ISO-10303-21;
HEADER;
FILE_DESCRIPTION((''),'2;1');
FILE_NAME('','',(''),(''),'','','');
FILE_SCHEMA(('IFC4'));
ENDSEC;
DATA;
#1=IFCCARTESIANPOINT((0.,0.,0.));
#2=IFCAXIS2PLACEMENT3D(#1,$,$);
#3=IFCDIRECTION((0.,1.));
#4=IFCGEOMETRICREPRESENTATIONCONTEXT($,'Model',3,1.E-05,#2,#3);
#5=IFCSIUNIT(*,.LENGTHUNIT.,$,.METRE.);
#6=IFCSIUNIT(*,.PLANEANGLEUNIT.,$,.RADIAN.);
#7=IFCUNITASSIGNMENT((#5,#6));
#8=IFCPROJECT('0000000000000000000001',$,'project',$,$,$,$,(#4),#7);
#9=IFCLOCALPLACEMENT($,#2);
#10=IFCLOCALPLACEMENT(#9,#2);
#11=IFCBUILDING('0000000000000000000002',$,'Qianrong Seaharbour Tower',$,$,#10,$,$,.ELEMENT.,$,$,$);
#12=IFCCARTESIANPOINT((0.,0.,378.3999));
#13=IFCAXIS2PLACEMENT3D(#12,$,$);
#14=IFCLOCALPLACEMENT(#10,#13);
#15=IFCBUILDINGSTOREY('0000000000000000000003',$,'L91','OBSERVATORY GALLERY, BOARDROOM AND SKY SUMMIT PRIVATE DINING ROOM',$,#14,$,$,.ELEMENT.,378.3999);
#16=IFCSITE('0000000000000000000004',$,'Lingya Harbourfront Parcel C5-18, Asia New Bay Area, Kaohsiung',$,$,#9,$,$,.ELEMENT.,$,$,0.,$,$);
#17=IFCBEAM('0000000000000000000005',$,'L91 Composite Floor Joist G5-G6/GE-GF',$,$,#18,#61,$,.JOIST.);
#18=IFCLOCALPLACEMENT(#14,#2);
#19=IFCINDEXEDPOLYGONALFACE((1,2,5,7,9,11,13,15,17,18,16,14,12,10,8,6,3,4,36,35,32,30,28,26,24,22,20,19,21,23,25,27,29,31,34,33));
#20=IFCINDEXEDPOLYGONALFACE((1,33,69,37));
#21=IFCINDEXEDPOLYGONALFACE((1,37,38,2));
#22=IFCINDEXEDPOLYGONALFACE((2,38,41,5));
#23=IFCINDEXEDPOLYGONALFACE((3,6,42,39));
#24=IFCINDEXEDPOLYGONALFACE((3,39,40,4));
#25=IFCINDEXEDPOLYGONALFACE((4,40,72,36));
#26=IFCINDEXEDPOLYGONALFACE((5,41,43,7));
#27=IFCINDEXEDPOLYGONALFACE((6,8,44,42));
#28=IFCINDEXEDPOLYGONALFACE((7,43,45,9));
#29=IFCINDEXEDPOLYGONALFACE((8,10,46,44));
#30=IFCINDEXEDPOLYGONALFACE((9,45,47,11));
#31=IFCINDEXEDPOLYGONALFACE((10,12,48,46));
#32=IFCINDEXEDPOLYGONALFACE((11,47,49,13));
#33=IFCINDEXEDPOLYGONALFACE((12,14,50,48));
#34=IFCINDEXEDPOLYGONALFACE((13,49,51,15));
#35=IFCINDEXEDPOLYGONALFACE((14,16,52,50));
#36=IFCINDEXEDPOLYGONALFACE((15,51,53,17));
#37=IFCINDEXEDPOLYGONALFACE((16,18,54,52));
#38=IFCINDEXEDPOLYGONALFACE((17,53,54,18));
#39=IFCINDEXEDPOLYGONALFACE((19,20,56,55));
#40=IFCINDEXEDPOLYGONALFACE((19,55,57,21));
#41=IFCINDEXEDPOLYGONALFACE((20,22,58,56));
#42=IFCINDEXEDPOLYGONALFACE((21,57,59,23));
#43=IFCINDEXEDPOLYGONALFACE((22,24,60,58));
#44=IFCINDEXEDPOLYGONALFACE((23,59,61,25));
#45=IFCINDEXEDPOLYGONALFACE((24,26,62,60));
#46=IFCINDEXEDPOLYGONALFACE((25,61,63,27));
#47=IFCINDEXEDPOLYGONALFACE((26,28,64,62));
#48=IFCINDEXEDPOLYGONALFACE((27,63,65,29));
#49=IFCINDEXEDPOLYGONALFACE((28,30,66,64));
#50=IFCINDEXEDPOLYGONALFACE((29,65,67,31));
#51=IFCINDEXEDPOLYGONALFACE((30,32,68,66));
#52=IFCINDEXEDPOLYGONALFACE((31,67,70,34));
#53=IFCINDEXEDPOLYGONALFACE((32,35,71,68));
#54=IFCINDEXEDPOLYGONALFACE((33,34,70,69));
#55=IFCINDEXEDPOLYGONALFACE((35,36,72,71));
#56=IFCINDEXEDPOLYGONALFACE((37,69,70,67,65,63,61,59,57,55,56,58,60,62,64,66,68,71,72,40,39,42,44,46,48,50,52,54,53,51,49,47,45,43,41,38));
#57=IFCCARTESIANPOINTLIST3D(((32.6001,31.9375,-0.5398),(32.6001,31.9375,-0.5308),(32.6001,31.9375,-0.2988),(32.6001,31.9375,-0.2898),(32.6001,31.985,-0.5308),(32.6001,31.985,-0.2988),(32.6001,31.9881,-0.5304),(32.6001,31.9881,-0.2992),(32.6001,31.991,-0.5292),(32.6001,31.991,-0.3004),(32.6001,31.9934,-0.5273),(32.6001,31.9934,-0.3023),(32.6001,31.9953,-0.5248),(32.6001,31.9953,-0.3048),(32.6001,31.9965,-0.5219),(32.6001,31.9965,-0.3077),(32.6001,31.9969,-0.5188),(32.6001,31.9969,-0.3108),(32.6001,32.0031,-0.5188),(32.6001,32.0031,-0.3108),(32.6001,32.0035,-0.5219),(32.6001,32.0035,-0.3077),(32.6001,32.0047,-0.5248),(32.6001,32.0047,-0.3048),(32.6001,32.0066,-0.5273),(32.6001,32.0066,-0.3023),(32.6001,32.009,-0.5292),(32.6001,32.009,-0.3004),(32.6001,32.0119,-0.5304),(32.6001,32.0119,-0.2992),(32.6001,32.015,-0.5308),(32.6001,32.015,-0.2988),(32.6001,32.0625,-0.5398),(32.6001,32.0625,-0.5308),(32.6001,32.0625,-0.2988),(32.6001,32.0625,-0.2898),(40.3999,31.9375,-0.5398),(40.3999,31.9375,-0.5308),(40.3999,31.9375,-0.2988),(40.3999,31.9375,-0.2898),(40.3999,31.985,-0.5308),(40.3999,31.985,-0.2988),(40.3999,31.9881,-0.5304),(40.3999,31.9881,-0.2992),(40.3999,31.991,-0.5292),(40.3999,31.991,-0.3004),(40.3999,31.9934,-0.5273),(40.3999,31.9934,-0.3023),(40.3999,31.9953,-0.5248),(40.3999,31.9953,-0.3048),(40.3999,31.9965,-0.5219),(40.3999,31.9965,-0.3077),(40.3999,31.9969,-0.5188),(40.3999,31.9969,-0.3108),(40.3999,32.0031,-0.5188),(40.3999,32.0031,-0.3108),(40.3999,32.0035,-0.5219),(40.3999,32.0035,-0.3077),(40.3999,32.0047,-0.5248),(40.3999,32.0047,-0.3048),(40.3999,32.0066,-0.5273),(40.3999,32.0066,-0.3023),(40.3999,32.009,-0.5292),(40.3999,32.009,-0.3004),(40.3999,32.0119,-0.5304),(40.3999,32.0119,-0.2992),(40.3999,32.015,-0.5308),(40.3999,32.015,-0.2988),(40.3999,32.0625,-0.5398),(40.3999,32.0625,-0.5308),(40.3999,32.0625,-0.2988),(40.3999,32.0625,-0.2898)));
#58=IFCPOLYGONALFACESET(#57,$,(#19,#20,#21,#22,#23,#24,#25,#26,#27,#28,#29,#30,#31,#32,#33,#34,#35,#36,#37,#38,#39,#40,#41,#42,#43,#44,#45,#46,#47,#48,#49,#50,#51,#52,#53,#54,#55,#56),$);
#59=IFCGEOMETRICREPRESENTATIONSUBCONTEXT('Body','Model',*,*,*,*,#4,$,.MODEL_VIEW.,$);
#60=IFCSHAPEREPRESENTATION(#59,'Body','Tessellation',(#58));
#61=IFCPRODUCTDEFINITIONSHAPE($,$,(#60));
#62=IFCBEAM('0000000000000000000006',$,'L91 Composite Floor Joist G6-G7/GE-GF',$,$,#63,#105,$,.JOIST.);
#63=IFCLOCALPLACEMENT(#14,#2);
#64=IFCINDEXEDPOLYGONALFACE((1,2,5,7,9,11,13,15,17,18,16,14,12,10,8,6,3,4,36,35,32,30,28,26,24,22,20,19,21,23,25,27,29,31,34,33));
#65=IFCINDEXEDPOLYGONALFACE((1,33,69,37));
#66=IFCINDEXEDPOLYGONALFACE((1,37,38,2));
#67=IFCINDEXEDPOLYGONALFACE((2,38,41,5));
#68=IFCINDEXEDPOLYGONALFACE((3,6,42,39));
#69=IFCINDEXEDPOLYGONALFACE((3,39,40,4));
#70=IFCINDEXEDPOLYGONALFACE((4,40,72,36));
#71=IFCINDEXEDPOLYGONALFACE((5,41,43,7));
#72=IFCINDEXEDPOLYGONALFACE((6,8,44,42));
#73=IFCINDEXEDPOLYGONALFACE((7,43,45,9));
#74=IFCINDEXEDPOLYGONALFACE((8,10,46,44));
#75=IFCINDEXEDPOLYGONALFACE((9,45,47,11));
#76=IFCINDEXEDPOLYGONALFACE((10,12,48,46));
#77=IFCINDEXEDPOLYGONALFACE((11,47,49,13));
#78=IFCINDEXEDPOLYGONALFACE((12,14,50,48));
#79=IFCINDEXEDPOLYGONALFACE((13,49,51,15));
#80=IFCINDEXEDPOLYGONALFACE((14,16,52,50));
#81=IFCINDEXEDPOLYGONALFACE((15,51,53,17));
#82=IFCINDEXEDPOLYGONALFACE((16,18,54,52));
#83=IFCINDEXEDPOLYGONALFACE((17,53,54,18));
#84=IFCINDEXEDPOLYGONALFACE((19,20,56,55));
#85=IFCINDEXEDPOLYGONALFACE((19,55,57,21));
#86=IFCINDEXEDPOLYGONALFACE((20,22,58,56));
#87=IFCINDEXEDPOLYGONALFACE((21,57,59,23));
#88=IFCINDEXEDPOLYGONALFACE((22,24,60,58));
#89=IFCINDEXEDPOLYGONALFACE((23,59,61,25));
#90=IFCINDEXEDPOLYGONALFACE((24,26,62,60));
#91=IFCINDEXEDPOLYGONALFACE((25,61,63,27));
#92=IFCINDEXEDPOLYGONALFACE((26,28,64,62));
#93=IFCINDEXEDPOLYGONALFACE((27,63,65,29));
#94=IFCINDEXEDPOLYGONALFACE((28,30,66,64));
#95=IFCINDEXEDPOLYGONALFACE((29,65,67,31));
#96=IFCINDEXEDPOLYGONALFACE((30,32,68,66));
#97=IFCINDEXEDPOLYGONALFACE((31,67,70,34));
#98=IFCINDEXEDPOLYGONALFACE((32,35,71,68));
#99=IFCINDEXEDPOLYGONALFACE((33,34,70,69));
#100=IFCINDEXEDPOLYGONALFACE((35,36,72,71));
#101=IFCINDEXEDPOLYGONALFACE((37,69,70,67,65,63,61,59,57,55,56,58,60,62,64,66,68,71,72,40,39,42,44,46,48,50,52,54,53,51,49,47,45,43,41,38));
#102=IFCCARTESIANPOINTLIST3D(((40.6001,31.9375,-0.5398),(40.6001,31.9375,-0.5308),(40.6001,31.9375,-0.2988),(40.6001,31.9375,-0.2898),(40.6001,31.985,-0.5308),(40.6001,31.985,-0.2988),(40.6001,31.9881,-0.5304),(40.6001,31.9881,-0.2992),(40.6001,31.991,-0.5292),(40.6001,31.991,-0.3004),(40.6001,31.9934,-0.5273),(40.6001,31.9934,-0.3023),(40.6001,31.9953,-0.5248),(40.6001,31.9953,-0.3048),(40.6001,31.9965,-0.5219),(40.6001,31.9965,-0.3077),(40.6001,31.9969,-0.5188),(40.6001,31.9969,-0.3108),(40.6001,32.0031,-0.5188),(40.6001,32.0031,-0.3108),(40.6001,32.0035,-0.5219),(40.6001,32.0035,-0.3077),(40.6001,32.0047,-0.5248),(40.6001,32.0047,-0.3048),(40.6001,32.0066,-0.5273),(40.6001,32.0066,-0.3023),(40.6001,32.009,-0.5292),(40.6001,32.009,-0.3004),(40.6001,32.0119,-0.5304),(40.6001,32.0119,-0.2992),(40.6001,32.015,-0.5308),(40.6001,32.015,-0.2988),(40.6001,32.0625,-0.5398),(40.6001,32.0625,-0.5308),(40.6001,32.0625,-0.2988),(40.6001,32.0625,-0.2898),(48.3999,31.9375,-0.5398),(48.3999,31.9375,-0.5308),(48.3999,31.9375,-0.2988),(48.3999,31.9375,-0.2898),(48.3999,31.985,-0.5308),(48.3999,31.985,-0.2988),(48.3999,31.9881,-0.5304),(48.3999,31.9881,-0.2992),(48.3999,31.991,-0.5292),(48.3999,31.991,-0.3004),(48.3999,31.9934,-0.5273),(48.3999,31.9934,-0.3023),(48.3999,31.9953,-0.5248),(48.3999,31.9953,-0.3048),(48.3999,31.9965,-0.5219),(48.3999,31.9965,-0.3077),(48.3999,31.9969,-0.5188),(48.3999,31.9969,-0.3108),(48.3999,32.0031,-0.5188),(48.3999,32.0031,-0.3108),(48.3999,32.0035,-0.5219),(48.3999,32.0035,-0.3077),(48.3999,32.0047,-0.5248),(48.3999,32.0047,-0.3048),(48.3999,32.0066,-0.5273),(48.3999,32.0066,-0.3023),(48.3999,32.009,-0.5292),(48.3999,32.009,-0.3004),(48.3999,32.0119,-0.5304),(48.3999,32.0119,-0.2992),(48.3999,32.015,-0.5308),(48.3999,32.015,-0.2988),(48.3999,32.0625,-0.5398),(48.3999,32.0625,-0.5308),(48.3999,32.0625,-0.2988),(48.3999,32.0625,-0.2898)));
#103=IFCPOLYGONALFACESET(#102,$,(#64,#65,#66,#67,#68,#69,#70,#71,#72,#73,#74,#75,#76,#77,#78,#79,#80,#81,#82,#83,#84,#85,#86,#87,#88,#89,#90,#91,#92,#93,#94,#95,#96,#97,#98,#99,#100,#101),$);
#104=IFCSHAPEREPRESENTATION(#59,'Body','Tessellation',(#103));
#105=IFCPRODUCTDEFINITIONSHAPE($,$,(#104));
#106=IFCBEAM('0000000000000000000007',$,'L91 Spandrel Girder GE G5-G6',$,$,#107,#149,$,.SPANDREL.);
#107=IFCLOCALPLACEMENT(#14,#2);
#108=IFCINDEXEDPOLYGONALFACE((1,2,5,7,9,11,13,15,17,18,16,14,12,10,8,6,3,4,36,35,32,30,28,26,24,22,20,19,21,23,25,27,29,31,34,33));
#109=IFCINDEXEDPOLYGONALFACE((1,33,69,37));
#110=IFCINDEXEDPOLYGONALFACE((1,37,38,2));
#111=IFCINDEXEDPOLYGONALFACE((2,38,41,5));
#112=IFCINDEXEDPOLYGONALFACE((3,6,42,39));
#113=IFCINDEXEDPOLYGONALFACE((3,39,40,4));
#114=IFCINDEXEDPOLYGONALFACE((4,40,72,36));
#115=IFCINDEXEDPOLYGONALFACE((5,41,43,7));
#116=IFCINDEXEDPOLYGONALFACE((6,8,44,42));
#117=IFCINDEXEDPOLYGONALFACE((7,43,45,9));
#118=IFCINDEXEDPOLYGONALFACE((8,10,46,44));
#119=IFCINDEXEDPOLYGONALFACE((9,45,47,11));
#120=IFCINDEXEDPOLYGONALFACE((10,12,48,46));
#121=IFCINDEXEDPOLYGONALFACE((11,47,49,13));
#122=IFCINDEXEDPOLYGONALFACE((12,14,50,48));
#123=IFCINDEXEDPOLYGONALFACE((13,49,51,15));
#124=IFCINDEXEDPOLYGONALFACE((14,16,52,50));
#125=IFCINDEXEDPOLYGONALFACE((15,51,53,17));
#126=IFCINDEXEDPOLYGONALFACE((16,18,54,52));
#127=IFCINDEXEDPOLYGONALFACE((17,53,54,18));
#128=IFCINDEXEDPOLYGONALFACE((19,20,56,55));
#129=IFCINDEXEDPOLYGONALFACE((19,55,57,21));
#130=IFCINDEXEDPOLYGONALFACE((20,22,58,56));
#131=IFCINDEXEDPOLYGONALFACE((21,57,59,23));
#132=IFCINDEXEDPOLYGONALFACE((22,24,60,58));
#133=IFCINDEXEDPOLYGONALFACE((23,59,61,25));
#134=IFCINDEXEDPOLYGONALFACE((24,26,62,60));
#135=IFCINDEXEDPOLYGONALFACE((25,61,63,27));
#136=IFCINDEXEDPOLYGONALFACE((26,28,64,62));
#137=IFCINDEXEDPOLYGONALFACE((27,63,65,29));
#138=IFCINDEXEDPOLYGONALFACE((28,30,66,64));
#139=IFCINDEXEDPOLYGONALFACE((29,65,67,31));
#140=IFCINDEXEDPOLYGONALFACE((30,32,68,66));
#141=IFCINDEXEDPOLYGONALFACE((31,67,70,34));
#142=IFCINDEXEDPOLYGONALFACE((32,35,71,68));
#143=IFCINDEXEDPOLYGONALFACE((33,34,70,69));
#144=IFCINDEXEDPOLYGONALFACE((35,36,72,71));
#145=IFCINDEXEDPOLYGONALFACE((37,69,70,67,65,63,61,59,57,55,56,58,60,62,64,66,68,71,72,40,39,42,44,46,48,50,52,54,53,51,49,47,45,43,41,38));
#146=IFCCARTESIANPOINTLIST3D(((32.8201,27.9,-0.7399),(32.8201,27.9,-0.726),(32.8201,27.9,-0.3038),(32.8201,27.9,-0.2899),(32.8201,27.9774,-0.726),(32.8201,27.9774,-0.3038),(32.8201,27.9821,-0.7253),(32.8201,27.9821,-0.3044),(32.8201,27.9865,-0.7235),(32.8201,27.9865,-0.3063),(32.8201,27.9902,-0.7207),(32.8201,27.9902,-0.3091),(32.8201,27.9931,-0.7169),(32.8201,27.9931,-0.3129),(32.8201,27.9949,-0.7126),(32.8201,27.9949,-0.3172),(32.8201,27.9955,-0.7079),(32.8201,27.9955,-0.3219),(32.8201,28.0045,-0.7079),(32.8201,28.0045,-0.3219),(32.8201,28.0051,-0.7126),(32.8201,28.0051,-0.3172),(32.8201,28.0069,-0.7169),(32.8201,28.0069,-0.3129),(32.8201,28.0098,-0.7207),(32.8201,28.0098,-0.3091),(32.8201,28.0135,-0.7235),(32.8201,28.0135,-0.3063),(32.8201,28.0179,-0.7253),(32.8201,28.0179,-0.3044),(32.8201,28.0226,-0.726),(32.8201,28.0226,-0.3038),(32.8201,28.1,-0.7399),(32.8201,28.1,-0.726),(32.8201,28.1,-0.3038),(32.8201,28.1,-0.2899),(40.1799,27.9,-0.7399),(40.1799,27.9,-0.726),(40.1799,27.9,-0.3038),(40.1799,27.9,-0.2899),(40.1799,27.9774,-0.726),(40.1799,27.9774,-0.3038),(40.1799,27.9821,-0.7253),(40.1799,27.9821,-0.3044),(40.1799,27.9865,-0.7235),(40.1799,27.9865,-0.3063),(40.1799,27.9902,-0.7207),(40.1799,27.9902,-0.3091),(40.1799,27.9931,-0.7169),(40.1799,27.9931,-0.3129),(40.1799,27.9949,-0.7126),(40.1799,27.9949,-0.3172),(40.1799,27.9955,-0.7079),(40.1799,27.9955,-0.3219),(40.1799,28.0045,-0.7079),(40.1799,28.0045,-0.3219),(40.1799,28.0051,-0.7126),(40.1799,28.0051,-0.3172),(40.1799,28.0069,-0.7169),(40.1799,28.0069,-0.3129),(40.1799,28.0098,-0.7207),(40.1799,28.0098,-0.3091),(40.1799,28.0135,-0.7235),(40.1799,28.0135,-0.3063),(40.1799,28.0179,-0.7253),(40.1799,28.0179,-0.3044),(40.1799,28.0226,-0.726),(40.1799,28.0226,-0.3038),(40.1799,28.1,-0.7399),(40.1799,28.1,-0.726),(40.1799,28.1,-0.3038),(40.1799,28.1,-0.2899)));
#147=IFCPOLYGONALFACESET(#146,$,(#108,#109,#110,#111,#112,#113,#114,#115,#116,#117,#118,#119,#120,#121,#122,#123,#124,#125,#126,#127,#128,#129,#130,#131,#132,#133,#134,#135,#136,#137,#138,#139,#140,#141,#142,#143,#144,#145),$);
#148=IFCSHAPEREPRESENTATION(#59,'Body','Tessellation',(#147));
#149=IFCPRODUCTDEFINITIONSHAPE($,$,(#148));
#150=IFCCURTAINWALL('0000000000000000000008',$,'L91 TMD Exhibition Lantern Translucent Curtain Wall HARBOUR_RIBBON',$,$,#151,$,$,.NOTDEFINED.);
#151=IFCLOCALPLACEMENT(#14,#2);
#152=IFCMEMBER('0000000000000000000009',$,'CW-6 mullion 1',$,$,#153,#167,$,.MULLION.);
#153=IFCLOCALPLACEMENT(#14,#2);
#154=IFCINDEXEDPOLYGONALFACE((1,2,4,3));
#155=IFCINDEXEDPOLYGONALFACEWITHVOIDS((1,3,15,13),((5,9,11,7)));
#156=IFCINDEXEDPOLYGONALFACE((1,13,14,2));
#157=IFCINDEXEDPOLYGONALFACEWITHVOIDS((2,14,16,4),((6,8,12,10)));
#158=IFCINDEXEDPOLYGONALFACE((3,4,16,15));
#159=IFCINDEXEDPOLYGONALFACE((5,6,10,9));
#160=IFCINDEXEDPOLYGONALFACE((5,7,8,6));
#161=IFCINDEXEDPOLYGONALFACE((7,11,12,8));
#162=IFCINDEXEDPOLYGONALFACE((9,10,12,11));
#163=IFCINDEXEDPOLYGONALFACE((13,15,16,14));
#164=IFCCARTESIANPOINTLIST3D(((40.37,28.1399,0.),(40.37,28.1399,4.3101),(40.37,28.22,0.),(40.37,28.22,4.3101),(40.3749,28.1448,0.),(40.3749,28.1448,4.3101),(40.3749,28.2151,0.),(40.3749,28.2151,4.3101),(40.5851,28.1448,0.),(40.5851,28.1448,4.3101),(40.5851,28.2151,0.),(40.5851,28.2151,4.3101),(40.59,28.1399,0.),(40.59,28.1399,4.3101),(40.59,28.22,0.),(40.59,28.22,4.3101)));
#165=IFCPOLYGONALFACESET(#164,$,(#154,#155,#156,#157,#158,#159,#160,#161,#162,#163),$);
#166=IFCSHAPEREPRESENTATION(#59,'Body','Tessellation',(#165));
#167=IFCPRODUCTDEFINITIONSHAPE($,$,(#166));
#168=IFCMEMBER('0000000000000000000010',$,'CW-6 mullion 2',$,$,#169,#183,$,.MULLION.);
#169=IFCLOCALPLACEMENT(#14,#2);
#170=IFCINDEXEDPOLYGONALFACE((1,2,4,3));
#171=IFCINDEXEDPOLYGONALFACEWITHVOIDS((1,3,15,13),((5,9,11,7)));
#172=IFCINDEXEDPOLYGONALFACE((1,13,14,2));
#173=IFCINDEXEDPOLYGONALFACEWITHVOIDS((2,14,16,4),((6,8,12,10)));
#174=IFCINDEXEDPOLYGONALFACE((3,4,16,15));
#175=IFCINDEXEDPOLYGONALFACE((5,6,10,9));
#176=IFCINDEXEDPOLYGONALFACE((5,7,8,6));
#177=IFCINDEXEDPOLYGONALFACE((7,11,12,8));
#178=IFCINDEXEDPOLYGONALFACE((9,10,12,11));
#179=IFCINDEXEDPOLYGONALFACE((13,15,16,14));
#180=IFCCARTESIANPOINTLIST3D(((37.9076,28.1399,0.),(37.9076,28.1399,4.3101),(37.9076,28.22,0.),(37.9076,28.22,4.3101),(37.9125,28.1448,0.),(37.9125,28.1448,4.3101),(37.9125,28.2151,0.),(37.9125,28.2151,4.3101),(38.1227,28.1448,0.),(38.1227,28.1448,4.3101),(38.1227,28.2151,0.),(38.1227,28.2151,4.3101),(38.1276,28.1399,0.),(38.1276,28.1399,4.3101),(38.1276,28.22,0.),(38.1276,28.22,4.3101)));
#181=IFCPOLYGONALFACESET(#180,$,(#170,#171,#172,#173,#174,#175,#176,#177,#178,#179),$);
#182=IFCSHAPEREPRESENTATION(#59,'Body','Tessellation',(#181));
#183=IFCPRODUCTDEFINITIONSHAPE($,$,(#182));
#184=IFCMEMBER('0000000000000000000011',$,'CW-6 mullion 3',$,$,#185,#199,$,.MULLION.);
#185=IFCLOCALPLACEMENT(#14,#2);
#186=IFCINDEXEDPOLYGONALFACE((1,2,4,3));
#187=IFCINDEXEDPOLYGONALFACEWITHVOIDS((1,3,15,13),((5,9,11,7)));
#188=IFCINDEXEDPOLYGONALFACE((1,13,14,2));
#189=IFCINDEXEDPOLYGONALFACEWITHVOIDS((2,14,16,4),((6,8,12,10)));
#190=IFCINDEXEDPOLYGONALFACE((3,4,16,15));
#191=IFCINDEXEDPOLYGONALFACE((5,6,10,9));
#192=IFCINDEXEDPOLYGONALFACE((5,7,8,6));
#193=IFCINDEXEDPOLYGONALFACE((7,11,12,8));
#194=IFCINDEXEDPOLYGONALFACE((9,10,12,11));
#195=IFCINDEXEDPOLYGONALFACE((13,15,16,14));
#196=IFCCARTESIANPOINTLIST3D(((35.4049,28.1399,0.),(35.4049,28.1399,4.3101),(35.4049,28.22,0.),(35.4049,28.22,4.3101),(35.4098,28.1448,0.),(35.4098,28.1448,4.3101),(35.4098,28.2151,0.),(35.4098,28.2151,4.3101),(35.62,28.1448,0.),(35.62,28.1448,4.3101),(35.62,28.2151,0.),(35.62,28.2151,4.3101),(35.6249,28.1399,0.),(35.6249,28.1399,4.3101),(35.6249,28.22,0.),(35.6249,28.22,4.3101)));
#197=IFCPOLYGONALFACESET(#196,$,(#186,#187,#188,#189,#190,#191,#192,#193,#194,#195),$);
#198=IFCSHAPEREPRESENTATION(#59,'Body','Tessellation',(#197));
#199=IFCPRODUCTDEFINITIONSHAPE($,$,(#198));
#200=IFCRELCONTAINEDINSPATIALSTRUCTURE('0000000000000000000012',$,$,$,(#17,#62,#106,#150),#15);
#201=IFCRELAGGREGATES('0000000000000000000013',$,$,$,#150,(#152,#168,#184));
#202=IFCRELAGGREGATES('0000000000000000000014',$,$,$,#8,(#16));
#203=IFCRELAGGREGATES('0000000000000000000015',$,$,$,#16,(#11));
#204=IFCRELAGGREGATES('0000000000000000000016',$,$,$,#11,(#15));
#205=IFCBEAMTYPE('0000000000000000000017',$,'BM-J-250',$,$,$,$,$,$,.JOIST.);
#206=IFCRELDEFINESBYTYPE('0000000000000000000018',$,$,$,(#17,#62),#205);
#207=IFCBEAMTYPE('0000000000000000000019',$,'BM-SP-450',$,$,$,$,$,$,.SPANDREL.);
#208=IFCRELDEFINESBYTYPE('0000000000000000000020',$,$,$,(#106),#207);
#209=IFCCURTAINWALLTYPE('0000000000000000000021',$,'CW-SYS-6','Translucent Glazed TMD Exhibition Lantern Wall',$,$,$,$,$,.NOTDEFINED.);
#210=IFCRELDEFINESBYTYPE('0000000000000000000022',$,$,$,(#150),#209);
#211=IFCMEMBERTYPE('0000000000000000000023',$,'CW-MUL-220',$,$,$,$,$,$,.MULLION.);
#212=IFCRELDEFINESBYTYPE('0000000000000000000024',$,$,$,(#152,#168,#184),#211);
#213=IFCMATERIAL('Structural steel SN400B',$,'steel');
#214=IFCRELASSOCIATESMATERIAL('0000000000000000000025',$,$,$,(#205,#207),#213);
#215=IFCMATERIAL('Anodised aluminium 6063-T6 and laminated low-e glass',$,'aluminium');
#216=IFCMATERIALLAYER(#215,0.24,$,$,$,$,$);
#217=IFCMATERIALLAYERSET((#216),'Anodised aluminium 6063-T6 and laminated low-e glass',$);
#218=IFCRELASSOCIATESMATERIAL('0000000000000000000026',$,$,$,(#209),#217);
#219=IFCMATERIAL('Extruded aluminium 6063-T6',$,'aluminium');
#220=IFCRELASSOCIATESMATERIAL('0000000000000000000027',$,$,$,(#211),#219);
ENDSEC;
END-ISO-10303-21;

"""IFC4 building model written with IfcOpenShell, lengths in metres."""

from ifc_helpers import new_model, si_unit, direction, frame, origin, origin_2d, place, context, subcontext, project, spatial, hollow_rectangle, i_section, extrude, material, layer, layer_set, material_profile, profile_set, type_object, element, aggregate, save


model = new_model("IFC4")

# Units and contexts
model_context = context("Model", 3, precision=1e-05, world=origin(), true_north=direction((0.0, 1.0)))
body_context = subcontext(model_context, "Body", "Model", "MODEL_VIEW")
ifc_project = project(units=[si_unit("LENGTHUNIT", "METRE"), si_unit("PLANEANGLEUNIT", "RADIAN")], contexts=[model_context])

# Site, building, storey
site_placement = place(None, origin())
site = spatial("IfcSite", under=ifc_project, at=site_placement, Name="Lingya Harbourfront Parcel C5-18, Asia New Bay Area, Kaohsiung", CompositionType="ELEMENT", RefElevation=0.0)
building_placement = place(site_placement, origin())
building = spatial("IfcBuilding", under=site, at=building_placement, Name="Qianrong Seaharbour Tower", CompositionType="ELEMENT")
storey_placement = place(building_placement, frame((0.0, 0.0, 378.3999)))
storey = spatial("IfcBuildingStorey", under=building, at=storey_placement, Name="L91", Description="OBSERVATORY GALLERY, BOARDROOM AND SKY SUMMIT PRIVATE DINING ROOM", CompositionType="ELEMENT", Elevation=378.3999)

# Beams
ifc_material_1 = material(Name="Structural steel SN400B", Category="steel")
ifc_material_profile_1 = material_profile(ifc_material_1, i_section(OverallWidth=0.125, OverallDepth=0.25, WebThickness=0.0061, FlangeThickness=0.009, FilletRadius=0.012, at=origin_2d()), Name="H250x125x6x9")
ifc_profile_set_1 = profile_set([ifc_material_profile_1], Name="Structural steel SN400B")
beam_type_1 = type_object("IfcBeamType", Name="BM-J-250", PredefinedType="JOIST", material=ifc_profile_set_1)
for number, where, z_axis, x_axis, name in (
    (1, (32.6001, 32.0, -0.4148), (1.0, 0.0, 0.0), (0.0, 1.0, 0.0), "L91 Composite Floor Joist G5-G6/GE-GF"),
    (2, (40.6001, 32.0, -0.4148), (1.0, 0.0, 0.0), (0.0, 1.0, 0.0), "L91 Composite Floor Joist G6-G7/GE-GF"),
):
    element("IfcBeam", number, at=place(storey_placement, frame(where, z_axis=z_axis, x_axis=x_axis)), inside=storey, type_object=beam_type_1, Name=name, PredefinedType="JOIST", context=body_context, shape_type="SweptSolid", body=[
        extrude(i_section(OverallWidth=0.125, OverallDepth=0.25, WebThickness=0.0061, FlangeThickness=0.009, FilletRadius=0.012, at=origin_2d()), origin(), (0.0, 0.0, 1.0), 7.7998),
    ])
ifc_material_profile_2 = material_profile(ifc_material_1, i_section(OverallWidth=0.2, OverallDepth=0.45, WebThickness=0.009, FlangeThickness=0.0139, FilletRadius=0.0181, at=origin_2d()), Name="H450x200x9x14")
ifc_profile_set_2 = profile_set([ifc_material_profile_2], Name="Structural steel SN400B")
beam_type_2 = type_object("IfcBeamType", Name="BM-SP-450", PredefinedType="SPANDREL", material=ifc_profile_set_2)
beam_placement = place(storey_placement, frame((32.8201, 28.0, -0.5149), z_axis=(1.0, 0.0, 0.0), x_axis=(0.0, 1.0, 0.0)))
element("IfcBeam", 3, at=beam_placement, inside=storey, type_object=beam_type_2, Name="L91 Spandrel Girder GE G5-G6", PredefinedType="SPANDREL", context=body_context, shape_type="SweptSolid", body=[
    extrude(i_section(OverallWidth=0.2, OverallDepth=0.45, WebThickness=0.009, FlangeThickness=0.0139, FilletRadius=0.0181, at=origin_2d()), origin(), (0.0, 0.0, 1.0), 7.3599),
])

# Curtain wall, members
ifc_material_2 = material(Name="Anodised aluminium 6063-T6 and laminated low-e glass", Category="aluminium")
ifc_layer_1 = layer(ifc_material_2, 0.24)
ifc_layer_set_1 = layer_set([ifc_layer_1], Name="Anodised aluminium 6063-T6 and laminated low-e glass")
curtain_wall_type = type_object("IfcCurtainWallType", Name="CW-SYS-6", Description="Translucent Glazed TMD Exhibition Lantern Wall", PredefinedType="NOTDEFINED", material=ifc_layer_set_1)
curtain_wall_placement = place(storey_placement, origin())
curtain_wall = element("IfcCurtainWall", 4, at=curtain_wall_placement, inside=storey, type_object=curtain_wall_type, Name="L91 TMD Exhibition Lantern Translucent Curtain Wall HARBOUR_RIBBON", PredefinedType="NOTDEFINED")
ifc_material_3 = material(Name="Extruded aluminium 6063-T6", Category="aluminium")
ifc_material_profile_3 = material_profile(ifc_material_3, hollow_rectangle(XDim=0.0801, YDim=0.22, WallThickness=0.0049, at=origin_2d()), Name="ALU-MUL-220x80x5")
ifc_profile_set_3 = profile_set([ifc_material_profile_3], Name="Extruded aluminium 6063-T6")
member_type_1 = type_object("IfcMemberType", Name="CW-MUL-220", PredefinedType="MULLION", material=ifc_profile_set_3)
member_1_placement = place(storey_placement, frame((40.48, 28.1799, 0.0), z_axis=(0.0, 0.0, 1.0), x_axis=(0.0, -1.0, 0.0)))
member_1 = element("IfcMember", 5, at=member_1_placement, type_object=member_type_1, Name="CW-6 mullion 1", PredefinedType="MULLION", context=body_context, shape_type="SweptSolid", body=[
    extrude(hollow_rectangle(XDim=0.0801, YDim=0.22, WallThickness=0.0049, at=origin_2d()), origin(), (0.0, 0.0, 1.0), 4.3101),
])
member_2_placement = place(storey_placement, frame((38.0176, 28.1799, 0.0), z_axis=(0.0, 0.0, 1.0), x_axis=(0.0, -1.0, 0.0)))
member_2 = element("IfcMember", 6, at=member_2_placement, type_object=member_type_1, Name="CW-6 mullion 2", PredefinedType="MULLION", context=body_context, shape_type="SweptSolid", body=[
    extrude(hollow_rectangle(XDim=0.0801, YDim=0.22, WallThickness=0.0049, at=origin_2d()), origin(), (0.0, 0.0, 1.0), 4.3101),
])
member_3_placement = place(storey_placement, frame((35.5149, 28.1799, 0.0), z_axis=(0.0, 0.0, 1.0), x_axis=(0.0, -1.0, 0.0)))
member_3 = element("IfcMember", 7, at=member_3_placement, type_object=member_type_1, Name="CW-6 mullion 3", PredefinedType="MULLION", context=body_context, shape_type="SweptSolid", body=[
    extrude(hollow_rectangle(XDim=0.0801, YDim=0.22, WallThickness=0.0049, at=origin_2d()), origin(), (0.0, 0.0, 1.0), 4.3101),
])
aggregate(curtain_wall, [member_1, member_2, member_3])

save(model, "model.ifc")
